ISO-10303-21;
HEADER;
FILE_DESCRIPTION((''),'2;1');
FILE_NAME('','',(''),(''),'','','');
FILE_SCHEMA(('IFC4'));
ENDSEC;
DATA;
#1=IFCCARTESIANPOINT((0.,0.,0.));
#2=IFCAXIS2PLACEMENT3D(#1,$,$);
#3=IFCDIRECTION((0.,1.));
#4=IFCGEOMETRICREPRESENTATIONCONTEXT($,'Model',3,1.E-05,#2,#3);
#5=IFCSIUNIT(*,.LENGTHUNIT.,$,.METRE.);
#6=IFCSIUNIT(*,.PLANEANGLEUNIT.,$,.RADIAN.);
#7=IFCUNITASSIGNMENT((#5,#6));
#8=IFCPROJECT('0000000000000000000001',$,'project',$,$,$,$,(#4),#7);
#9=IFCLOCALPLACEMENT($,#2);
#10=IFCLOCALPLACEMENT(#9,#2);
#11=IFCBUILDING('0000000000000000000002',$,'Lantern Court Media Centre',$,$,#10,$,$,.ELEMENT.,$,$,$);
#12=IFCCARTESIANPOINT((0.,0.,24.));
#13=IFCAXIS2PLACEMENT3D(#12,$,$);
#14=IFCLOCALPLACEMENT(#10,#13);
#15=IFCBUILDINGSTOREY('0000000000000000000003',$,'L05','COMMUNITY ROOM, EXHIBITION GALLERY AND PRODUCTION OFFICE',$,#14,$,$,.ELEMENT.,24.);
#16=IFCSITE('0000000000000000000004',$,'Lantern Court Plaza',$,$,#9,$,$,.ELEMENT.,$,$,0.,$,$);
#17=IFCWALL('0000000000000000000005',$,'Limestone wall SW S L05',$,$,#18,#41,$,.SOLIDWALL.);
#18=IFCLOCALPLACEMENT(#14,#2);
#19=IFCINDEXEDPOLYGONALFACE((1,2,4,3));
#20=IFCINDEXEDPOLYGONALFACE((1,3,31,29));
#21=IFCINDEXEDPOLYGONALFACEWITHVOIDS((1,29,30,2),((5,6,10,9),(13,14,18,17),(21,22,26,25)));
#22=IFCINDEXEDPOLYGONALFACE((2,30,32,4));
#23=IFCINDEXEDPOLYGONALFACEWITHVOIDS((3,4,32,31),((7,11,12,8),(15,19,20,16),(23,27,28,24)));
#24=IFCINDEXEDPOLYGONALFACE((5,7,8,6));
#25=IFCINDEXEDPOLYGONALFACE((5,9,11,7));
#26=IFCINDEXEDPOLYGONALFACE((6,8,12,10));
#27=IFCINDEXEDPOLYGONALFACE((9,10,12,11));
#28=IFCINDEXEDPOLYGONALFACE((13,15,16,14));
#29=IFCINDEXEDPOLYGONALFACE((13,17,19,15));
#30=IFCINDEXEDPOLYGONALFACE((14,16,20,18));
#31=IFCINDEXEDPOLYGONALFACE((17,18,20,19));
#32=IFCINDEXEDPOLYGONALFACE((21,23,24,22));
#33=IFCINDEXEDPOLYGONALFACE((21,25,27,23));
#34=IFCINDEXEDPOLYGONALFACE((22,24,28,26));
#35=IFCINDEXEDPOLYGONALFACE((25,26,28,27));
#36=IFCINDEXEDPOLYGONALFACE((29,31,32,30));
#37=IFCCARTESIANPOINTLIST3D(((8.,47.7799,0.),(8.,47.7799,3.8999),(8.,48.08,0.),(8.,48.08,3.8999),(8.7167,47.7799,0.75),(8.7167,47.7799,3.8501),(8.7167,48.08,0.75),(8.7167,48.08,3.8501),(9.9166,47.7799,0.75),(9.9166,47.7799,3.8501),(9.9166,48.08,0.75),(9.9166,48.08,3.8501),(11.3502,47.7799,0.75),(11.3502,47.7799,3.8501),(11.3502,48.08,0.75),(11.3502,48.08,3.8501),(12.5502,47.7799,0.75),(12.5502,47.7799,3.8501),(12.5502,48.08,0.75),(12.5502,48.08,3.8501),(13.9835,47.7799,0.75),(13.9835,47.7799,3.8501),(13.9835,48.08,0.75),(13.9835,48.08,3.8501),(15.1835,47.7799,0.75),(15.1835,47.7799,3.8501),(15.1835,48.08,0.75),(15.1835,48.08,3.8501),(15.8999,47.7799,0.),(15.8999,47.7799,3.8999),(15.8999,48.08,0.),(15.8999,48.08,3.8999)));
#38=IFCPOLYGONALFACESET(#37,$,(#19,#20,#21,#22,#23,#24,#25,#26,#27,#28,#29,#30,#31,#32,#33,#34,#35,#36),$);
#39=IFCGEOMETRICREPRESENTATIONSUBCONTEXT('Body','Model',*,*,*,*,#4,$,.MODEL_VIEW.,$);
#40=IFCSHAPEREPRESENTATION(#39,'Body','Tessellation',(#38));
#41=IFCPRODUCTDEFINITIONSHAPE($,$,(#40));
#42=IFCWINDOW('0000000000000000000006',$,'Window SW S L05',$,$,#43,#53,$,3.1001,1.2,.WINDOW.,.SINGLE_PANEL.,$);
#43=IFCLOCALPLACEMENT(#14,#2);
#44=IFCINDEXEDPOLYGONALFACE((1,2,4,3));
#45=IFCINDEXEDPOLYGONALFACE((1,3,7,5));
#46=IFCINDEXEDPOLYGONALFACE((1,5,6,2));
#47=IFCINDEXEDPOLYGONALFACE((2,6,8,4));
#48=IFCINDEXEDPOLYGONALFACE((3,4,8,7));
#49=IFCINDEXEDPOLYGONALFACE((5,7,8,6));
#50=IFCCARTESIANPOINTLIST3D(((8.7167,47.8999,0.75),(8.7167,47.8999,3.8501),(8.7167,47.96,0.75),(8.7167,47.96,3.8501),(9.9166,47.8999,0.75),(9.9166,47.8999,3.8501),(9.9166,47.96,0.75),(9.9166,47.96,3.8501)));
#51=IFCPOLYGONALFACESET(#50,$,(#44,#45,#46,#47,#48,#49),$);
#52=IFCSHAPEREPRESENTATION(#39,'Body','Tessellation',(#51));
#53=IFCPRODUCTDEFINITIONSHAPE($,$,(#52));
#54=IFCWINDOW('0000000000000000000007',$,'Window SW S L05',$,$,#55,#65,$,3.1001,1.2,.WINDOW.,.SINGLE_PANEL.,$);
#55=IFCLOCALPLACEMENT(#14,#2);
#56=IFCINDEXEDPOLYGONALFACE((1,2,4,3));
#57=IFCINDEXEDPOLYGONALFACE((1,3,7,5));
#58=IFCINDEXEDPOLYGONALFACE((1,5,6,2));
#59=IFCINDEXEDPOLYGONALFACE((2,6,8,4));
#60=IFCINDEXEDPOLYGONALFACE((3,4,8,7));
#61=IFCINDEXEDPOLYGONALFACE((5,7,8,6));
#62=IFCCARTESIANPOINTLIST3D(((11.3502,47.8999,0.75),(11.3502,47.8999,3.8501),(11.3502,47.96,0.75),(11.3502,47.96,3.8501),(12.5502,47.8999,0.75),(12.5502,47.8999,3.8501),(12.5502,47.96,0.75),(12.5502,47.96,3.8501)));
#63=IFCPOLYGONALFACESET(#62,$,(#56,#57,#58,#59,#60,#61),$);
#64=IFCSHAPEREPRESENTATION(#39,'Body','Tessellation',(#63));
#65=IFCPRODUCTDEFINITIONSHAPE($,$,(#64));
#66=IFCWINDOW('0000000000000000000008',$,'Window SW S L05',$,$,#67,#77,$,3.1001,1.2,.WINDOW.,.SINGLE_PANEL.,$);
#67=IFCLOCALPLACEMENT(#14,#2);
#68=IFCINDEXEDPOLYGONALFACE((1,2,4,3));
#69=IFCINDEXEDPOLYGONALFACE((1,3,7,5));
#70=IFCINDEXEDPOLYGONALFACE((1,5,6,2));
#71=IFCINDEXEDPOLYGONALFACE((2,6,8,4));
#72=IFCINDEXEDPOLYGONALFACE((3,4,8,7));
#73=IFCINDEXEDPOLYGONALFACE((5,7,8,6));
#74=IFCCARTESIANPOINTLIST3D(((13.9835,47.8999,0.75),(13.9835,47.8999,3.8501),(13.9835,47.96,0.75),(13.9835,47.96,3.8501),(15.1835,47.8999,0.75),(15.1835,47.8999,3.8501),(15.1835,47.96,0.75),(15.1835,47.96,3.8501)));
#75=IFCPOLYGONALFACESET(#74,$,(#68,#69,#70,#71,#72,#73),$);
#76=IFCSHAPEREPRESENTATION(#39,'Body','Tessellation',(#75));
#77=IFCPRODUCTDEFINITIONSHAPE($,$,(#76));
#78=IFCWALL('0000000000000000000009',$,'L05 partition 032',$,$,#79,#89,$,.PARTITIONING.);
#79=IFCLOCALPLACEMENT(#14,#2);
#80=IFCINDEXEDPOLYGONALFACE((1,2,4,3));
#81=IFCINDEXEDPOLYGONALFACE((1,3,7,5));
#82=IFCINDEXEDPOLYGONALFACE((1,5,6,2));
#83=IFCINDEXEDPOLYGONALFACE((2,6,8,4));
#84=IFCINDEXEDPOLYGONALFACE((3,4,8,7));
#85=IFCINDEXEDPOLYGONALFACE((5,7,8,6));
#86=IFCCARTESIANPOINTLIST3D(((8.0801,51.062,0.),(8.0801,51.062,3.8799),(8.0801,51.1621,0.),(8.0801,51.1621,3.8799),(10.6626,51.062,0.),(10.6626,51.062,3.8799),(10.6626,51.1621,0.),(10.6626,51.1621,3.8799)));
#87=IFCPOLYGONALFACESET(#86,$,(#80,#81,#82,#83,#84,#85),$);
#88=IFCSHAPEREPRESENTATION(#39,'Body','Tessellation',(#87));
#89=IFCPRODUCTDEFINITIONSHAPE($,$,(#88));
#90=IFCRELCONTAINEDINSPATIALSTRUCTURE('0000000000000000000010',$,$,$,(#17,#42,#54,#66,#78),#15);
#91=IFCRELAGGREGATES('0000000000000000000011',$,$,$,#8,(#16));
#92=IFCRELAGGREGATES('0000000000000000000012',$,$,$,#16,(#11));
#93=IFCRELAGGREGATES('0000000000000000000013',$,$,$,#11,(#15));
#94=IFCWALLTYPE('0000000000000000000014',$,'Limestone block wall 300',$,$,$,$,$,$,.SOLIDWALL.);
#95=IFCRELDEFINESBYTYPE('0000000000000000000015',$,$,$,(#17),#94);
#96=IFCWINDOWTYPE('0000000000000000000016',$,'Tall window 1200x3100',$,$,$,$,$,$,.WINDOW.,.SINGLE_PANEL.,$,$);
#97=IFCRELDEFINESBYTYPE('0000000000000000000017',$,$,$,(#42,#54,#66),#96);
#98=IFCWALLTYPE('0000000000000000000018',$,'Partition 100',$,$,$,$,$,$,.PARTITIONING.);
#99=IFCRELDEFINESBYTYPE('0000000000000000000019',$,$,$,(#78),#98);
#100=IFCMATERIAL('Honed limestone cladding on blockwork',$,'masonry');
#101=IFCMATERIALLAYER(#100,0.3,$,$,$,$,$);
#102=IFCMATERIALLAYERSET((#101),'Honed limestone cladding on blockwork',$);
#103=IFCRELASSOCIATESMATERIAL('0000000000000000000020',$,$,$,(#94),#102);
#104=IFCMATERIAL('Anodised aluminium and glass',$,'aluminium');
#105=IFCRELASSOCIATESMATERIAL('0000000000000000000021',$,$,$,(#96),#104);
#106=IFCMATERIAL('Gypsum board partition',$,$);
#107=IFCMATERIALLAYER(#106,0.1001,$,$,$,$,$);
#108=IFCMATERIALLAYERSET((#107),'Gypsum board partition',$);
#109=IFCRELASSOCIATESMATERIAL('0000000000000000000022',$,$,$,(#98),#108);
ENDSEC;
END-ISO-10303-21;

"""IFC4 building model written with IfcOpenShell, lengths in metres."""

from ifc_helpers import new_model, si_unit, direction, frame, frame_2d, origin, place, context, subcontext, project, spatial, rectangle, extrude, material, layer, layer_set, type_object, element, fill, save


model = new_model("IFC4")

# Units and contexts
model_context = context("Model", 3, precision=1e-05, world=origin(), true_north=direction((0.0, 1.0)))
body_context = subcontext(model_context, "Body", "Model", "MODEL_VIEW")
ifc_project = project(units=[si_unit("LENGTHUNIT", "METRE"), si_unit("PLANEANGLEUNIT", "RADIAN")], contexts=[model_context])

# Site, building, storey
site_placement = place(None, origin())
site = spatial("IfcSite", under=ifc_project, at=site_placement, Name="Lantern Court Plaza", CompositionType="ELEMENT", RefElevation=0.0)
building_placement = place(site_placement, origin())
building = spatial("IfcBuilding", under=site, at=building_placement, Name="Lantern Court Media Centre", CompositionType="ELEMENT")
storey_placement = place(building_placement, frame((0.0, 0.0, 24.0)))
storey = spatial("IfcBuildingStorey", under=building, at=storey_placement, Name="L05", Description="COMMUNITY ROOM, EXHIBITION GALLERY AND PRODUCTION OFFICE", CompositionType="ELEMENT", Elevation=24.0)

# Wall, openings, windows
ifc_material_1 = material(Name="Honed limestone cladding on blockwork", Category="masonry")
ifc_layer_1 = layer(ifc_material_1, 0.3)
ifc_layer_set_1 = layer_set([ifc_layer_1], Name="Honed limestone cladding on blockwork")
wall_type_1 = type_object("IfcWallType", Name="Limestone block wall 300", PredefinedType="SOLIDWALL", material=ifc_layer_set_1)
ifc_material_2 = material(Name="Anodised aluminium and glass", Category="aluminium")
wall_1_placement = place(storey_placement, frame((8.0, 47.9299, 0.0), z_axis=(0.0, 0.0, 1.0), x_axis=(1.0, 0.0, 0.0)))
wall_1 = element("IfcWall", 1, at=wall_1_placement, inside=storey, type_object=wall_type_1, Name="Limestone wall SW S L05", PredefinedType="SOLIDWALL", context=body_context, shape_type="SweptSolid", body=[
    extrude(rectangle(XDim=7.8999, YDim=0.3, at=frame_2d((3.95, 0.0))), origin(), (0.0, 0.0, 1.0), 3.8999),
])
opening_1_placement = place(wall_1_placement, frame((0.7166, 0.0, 0.75)))
opening_1 = element("IfcOpeningElement", 2, at=opening_1_placement, cuts=wall_1, PredefinedType="OPENING", context=body_context, shape_type="SweptSolid", body=[
    extrude(rectangle(XDim=1.2, YDim=3.1001, at=frame_2d((0.6001, 1.55))), frame((0.0, 0.1599, 0.0), z_axis=(0.0, -1.0, 0.0), x_axis=(1.0, 0.0, 0.0)), (0.0, 0.0, 1.0), 0.3201),
])
opening_2_placement = place(wall_1_placement, frame((3.3501, 0.0, 0.75)))
opening_2 = element("IfcOpeningElement", 3, at=opening_2_placement, cuts=wall_1, PredefinedType="OPENING", context=body_context, shape_type="SweptSolid", body=[
    extrude(rectangle(XDim=1.2, YDim=3.1001, at=frame_2d((0.6001, 1.55))), frame((0.0, 0.1599, 0.0), z_axis=(0.0, -1.0, 0.0), x_axis=(1.0, 0.0, 0.0)), (0.0, 0.0, 1.0), 0.3201),
])
opening_3_placement = place(wall_1_placement, frame((5.9834, 0.0, 0.75)))
opening_3 = element("IfcOpeningElement", 4, at=opening_3_placement, cuts=wall_1, PredefinedType="OPENING", context=body_context, shape_type="SweptSolid", body=[
    extrude(rectangle(XDim=1.2, YDim=3.1001, at=frame_2d((0.6001, 1.55))), frame((0.0, 0.1599, 0.0), z_axis=(0.0, -1.0, 0.0), x_axis=(1.0, 0.0, 0.0)), (0.0, 0.0, 1.0), 0.3201),
])
window_type_1 = type_object("IfcWindowType", Name="Tall window 1200x3100", PartitioningType="SINGLE_PANEL", PredefinedType="WINDOW", material=ifc_material_2)
window_1_placement = place(opening_1_placement, origin())
window_1 = element("IfcWindow", 5, at=window_1_placement, inside=storey, type_object=window_type_1, Name="Window SW S L05", OverallHeight=3.1001, OverallWidth=1.2, PartitioningType="SINGLE_PANEL", PredefinedType="WINDOW", context=body_context, shape_type="SweptSolid", body=[
    extrude(rectangle(XDim=1.2, YDim=3.1001, at=frame_2d((0.6001, 1.55))), frame((0.0, 0.03, 0.0), z_axis=(0.0, -1.0, 0.0), x_axis=(1.0, 0.0, 0.0)), (0.0, 0.0, 1.0), 0.0601),
])
fill(opening_1, window_1)
window_2_placement = place(opening_2_placement, origin())
window_2 = element("IfcWindow", 6, at=window_2_placement, inside=storey, type_object=window_type_1, Name="Window SW S L05", OverallHeight=3.1001, OverallWidth=1.2, PartitioningType="SINGLE_PANEL", PredefinedType="WINDOW", context=body_context, shape_type="SweptSolid", body=[
    extrude(rectangle(XDim=1.2, YDim=3.1001, at=frame_2d((0.6001, 1.55))), frame((0.0, 0.03, 0.0), z_axis=(0.0, -1.0, 0.0), x_axis=(1.0, 0.0, 0.0)), (0.0, 0.0, 1.0), 0.0601),
])
fill(opening_2, window_2)
window_3_placement = place(opening_3_placement, origin())
window_3 = element("IfcWindow", 7, at=window_3_placement, inside=storey, type_object=window_type_1, Name="Window SW S L05", OverallHeight=3.1001, OverallWidth=1.2, PartitioningType="SINGLE_PANEL", PredefinedType="WINDOW", context=body_context, shape_type="SweptSolid", body=[
    extrude(rectangle(XDim=1.2, YDim=3.1001, at=frame_2d((0.6001, 1.55))), frame((0.0, 0.03, 0.0), z_axis=(0.0, -1.0, 0.0), x_axis=(1.0, 0.0, 0.0)), (0.0, 0.0, 1.0), 0.0601),
])
fill(opening_3, window_3)

# Wall
ifc_material_3 = material(Name="Gypsum board partition")
ifc_layer_2 = layer(ifc_material_3, 0.1001)
ifc_layer_set_2 = layer_set([ifc_layer_2], Name="Gypsum board partition")
wall_type_2 = type_object("IfcWallType", Name="Partition 100", PredefinedType="PARTITIONING", material=ifc_layer_set_2)
wall_2_placement = place(storey_placement, frame((8.0801, 51.1121, 0.0), z_axis=(0.0, 0.0, 1.0), x_axis=(1.0, 0.0, 0.0)))
element("IfcWall", 8, at=wall_2_placement, inside=storey, type_object=wall_type_2, Name="L05 partition 032", PredefinedType="PARTITIONING", context=body_context, shape_type="SweptSolid", body=[
    extrude(rectangle(XDim=2.5825, YDim=0.1001, at=frame_2d((1.2913, 0.0))), origin(), (0.0, 0.0, 1.0), 3.8799),
])

save(model, "model.ifc")
